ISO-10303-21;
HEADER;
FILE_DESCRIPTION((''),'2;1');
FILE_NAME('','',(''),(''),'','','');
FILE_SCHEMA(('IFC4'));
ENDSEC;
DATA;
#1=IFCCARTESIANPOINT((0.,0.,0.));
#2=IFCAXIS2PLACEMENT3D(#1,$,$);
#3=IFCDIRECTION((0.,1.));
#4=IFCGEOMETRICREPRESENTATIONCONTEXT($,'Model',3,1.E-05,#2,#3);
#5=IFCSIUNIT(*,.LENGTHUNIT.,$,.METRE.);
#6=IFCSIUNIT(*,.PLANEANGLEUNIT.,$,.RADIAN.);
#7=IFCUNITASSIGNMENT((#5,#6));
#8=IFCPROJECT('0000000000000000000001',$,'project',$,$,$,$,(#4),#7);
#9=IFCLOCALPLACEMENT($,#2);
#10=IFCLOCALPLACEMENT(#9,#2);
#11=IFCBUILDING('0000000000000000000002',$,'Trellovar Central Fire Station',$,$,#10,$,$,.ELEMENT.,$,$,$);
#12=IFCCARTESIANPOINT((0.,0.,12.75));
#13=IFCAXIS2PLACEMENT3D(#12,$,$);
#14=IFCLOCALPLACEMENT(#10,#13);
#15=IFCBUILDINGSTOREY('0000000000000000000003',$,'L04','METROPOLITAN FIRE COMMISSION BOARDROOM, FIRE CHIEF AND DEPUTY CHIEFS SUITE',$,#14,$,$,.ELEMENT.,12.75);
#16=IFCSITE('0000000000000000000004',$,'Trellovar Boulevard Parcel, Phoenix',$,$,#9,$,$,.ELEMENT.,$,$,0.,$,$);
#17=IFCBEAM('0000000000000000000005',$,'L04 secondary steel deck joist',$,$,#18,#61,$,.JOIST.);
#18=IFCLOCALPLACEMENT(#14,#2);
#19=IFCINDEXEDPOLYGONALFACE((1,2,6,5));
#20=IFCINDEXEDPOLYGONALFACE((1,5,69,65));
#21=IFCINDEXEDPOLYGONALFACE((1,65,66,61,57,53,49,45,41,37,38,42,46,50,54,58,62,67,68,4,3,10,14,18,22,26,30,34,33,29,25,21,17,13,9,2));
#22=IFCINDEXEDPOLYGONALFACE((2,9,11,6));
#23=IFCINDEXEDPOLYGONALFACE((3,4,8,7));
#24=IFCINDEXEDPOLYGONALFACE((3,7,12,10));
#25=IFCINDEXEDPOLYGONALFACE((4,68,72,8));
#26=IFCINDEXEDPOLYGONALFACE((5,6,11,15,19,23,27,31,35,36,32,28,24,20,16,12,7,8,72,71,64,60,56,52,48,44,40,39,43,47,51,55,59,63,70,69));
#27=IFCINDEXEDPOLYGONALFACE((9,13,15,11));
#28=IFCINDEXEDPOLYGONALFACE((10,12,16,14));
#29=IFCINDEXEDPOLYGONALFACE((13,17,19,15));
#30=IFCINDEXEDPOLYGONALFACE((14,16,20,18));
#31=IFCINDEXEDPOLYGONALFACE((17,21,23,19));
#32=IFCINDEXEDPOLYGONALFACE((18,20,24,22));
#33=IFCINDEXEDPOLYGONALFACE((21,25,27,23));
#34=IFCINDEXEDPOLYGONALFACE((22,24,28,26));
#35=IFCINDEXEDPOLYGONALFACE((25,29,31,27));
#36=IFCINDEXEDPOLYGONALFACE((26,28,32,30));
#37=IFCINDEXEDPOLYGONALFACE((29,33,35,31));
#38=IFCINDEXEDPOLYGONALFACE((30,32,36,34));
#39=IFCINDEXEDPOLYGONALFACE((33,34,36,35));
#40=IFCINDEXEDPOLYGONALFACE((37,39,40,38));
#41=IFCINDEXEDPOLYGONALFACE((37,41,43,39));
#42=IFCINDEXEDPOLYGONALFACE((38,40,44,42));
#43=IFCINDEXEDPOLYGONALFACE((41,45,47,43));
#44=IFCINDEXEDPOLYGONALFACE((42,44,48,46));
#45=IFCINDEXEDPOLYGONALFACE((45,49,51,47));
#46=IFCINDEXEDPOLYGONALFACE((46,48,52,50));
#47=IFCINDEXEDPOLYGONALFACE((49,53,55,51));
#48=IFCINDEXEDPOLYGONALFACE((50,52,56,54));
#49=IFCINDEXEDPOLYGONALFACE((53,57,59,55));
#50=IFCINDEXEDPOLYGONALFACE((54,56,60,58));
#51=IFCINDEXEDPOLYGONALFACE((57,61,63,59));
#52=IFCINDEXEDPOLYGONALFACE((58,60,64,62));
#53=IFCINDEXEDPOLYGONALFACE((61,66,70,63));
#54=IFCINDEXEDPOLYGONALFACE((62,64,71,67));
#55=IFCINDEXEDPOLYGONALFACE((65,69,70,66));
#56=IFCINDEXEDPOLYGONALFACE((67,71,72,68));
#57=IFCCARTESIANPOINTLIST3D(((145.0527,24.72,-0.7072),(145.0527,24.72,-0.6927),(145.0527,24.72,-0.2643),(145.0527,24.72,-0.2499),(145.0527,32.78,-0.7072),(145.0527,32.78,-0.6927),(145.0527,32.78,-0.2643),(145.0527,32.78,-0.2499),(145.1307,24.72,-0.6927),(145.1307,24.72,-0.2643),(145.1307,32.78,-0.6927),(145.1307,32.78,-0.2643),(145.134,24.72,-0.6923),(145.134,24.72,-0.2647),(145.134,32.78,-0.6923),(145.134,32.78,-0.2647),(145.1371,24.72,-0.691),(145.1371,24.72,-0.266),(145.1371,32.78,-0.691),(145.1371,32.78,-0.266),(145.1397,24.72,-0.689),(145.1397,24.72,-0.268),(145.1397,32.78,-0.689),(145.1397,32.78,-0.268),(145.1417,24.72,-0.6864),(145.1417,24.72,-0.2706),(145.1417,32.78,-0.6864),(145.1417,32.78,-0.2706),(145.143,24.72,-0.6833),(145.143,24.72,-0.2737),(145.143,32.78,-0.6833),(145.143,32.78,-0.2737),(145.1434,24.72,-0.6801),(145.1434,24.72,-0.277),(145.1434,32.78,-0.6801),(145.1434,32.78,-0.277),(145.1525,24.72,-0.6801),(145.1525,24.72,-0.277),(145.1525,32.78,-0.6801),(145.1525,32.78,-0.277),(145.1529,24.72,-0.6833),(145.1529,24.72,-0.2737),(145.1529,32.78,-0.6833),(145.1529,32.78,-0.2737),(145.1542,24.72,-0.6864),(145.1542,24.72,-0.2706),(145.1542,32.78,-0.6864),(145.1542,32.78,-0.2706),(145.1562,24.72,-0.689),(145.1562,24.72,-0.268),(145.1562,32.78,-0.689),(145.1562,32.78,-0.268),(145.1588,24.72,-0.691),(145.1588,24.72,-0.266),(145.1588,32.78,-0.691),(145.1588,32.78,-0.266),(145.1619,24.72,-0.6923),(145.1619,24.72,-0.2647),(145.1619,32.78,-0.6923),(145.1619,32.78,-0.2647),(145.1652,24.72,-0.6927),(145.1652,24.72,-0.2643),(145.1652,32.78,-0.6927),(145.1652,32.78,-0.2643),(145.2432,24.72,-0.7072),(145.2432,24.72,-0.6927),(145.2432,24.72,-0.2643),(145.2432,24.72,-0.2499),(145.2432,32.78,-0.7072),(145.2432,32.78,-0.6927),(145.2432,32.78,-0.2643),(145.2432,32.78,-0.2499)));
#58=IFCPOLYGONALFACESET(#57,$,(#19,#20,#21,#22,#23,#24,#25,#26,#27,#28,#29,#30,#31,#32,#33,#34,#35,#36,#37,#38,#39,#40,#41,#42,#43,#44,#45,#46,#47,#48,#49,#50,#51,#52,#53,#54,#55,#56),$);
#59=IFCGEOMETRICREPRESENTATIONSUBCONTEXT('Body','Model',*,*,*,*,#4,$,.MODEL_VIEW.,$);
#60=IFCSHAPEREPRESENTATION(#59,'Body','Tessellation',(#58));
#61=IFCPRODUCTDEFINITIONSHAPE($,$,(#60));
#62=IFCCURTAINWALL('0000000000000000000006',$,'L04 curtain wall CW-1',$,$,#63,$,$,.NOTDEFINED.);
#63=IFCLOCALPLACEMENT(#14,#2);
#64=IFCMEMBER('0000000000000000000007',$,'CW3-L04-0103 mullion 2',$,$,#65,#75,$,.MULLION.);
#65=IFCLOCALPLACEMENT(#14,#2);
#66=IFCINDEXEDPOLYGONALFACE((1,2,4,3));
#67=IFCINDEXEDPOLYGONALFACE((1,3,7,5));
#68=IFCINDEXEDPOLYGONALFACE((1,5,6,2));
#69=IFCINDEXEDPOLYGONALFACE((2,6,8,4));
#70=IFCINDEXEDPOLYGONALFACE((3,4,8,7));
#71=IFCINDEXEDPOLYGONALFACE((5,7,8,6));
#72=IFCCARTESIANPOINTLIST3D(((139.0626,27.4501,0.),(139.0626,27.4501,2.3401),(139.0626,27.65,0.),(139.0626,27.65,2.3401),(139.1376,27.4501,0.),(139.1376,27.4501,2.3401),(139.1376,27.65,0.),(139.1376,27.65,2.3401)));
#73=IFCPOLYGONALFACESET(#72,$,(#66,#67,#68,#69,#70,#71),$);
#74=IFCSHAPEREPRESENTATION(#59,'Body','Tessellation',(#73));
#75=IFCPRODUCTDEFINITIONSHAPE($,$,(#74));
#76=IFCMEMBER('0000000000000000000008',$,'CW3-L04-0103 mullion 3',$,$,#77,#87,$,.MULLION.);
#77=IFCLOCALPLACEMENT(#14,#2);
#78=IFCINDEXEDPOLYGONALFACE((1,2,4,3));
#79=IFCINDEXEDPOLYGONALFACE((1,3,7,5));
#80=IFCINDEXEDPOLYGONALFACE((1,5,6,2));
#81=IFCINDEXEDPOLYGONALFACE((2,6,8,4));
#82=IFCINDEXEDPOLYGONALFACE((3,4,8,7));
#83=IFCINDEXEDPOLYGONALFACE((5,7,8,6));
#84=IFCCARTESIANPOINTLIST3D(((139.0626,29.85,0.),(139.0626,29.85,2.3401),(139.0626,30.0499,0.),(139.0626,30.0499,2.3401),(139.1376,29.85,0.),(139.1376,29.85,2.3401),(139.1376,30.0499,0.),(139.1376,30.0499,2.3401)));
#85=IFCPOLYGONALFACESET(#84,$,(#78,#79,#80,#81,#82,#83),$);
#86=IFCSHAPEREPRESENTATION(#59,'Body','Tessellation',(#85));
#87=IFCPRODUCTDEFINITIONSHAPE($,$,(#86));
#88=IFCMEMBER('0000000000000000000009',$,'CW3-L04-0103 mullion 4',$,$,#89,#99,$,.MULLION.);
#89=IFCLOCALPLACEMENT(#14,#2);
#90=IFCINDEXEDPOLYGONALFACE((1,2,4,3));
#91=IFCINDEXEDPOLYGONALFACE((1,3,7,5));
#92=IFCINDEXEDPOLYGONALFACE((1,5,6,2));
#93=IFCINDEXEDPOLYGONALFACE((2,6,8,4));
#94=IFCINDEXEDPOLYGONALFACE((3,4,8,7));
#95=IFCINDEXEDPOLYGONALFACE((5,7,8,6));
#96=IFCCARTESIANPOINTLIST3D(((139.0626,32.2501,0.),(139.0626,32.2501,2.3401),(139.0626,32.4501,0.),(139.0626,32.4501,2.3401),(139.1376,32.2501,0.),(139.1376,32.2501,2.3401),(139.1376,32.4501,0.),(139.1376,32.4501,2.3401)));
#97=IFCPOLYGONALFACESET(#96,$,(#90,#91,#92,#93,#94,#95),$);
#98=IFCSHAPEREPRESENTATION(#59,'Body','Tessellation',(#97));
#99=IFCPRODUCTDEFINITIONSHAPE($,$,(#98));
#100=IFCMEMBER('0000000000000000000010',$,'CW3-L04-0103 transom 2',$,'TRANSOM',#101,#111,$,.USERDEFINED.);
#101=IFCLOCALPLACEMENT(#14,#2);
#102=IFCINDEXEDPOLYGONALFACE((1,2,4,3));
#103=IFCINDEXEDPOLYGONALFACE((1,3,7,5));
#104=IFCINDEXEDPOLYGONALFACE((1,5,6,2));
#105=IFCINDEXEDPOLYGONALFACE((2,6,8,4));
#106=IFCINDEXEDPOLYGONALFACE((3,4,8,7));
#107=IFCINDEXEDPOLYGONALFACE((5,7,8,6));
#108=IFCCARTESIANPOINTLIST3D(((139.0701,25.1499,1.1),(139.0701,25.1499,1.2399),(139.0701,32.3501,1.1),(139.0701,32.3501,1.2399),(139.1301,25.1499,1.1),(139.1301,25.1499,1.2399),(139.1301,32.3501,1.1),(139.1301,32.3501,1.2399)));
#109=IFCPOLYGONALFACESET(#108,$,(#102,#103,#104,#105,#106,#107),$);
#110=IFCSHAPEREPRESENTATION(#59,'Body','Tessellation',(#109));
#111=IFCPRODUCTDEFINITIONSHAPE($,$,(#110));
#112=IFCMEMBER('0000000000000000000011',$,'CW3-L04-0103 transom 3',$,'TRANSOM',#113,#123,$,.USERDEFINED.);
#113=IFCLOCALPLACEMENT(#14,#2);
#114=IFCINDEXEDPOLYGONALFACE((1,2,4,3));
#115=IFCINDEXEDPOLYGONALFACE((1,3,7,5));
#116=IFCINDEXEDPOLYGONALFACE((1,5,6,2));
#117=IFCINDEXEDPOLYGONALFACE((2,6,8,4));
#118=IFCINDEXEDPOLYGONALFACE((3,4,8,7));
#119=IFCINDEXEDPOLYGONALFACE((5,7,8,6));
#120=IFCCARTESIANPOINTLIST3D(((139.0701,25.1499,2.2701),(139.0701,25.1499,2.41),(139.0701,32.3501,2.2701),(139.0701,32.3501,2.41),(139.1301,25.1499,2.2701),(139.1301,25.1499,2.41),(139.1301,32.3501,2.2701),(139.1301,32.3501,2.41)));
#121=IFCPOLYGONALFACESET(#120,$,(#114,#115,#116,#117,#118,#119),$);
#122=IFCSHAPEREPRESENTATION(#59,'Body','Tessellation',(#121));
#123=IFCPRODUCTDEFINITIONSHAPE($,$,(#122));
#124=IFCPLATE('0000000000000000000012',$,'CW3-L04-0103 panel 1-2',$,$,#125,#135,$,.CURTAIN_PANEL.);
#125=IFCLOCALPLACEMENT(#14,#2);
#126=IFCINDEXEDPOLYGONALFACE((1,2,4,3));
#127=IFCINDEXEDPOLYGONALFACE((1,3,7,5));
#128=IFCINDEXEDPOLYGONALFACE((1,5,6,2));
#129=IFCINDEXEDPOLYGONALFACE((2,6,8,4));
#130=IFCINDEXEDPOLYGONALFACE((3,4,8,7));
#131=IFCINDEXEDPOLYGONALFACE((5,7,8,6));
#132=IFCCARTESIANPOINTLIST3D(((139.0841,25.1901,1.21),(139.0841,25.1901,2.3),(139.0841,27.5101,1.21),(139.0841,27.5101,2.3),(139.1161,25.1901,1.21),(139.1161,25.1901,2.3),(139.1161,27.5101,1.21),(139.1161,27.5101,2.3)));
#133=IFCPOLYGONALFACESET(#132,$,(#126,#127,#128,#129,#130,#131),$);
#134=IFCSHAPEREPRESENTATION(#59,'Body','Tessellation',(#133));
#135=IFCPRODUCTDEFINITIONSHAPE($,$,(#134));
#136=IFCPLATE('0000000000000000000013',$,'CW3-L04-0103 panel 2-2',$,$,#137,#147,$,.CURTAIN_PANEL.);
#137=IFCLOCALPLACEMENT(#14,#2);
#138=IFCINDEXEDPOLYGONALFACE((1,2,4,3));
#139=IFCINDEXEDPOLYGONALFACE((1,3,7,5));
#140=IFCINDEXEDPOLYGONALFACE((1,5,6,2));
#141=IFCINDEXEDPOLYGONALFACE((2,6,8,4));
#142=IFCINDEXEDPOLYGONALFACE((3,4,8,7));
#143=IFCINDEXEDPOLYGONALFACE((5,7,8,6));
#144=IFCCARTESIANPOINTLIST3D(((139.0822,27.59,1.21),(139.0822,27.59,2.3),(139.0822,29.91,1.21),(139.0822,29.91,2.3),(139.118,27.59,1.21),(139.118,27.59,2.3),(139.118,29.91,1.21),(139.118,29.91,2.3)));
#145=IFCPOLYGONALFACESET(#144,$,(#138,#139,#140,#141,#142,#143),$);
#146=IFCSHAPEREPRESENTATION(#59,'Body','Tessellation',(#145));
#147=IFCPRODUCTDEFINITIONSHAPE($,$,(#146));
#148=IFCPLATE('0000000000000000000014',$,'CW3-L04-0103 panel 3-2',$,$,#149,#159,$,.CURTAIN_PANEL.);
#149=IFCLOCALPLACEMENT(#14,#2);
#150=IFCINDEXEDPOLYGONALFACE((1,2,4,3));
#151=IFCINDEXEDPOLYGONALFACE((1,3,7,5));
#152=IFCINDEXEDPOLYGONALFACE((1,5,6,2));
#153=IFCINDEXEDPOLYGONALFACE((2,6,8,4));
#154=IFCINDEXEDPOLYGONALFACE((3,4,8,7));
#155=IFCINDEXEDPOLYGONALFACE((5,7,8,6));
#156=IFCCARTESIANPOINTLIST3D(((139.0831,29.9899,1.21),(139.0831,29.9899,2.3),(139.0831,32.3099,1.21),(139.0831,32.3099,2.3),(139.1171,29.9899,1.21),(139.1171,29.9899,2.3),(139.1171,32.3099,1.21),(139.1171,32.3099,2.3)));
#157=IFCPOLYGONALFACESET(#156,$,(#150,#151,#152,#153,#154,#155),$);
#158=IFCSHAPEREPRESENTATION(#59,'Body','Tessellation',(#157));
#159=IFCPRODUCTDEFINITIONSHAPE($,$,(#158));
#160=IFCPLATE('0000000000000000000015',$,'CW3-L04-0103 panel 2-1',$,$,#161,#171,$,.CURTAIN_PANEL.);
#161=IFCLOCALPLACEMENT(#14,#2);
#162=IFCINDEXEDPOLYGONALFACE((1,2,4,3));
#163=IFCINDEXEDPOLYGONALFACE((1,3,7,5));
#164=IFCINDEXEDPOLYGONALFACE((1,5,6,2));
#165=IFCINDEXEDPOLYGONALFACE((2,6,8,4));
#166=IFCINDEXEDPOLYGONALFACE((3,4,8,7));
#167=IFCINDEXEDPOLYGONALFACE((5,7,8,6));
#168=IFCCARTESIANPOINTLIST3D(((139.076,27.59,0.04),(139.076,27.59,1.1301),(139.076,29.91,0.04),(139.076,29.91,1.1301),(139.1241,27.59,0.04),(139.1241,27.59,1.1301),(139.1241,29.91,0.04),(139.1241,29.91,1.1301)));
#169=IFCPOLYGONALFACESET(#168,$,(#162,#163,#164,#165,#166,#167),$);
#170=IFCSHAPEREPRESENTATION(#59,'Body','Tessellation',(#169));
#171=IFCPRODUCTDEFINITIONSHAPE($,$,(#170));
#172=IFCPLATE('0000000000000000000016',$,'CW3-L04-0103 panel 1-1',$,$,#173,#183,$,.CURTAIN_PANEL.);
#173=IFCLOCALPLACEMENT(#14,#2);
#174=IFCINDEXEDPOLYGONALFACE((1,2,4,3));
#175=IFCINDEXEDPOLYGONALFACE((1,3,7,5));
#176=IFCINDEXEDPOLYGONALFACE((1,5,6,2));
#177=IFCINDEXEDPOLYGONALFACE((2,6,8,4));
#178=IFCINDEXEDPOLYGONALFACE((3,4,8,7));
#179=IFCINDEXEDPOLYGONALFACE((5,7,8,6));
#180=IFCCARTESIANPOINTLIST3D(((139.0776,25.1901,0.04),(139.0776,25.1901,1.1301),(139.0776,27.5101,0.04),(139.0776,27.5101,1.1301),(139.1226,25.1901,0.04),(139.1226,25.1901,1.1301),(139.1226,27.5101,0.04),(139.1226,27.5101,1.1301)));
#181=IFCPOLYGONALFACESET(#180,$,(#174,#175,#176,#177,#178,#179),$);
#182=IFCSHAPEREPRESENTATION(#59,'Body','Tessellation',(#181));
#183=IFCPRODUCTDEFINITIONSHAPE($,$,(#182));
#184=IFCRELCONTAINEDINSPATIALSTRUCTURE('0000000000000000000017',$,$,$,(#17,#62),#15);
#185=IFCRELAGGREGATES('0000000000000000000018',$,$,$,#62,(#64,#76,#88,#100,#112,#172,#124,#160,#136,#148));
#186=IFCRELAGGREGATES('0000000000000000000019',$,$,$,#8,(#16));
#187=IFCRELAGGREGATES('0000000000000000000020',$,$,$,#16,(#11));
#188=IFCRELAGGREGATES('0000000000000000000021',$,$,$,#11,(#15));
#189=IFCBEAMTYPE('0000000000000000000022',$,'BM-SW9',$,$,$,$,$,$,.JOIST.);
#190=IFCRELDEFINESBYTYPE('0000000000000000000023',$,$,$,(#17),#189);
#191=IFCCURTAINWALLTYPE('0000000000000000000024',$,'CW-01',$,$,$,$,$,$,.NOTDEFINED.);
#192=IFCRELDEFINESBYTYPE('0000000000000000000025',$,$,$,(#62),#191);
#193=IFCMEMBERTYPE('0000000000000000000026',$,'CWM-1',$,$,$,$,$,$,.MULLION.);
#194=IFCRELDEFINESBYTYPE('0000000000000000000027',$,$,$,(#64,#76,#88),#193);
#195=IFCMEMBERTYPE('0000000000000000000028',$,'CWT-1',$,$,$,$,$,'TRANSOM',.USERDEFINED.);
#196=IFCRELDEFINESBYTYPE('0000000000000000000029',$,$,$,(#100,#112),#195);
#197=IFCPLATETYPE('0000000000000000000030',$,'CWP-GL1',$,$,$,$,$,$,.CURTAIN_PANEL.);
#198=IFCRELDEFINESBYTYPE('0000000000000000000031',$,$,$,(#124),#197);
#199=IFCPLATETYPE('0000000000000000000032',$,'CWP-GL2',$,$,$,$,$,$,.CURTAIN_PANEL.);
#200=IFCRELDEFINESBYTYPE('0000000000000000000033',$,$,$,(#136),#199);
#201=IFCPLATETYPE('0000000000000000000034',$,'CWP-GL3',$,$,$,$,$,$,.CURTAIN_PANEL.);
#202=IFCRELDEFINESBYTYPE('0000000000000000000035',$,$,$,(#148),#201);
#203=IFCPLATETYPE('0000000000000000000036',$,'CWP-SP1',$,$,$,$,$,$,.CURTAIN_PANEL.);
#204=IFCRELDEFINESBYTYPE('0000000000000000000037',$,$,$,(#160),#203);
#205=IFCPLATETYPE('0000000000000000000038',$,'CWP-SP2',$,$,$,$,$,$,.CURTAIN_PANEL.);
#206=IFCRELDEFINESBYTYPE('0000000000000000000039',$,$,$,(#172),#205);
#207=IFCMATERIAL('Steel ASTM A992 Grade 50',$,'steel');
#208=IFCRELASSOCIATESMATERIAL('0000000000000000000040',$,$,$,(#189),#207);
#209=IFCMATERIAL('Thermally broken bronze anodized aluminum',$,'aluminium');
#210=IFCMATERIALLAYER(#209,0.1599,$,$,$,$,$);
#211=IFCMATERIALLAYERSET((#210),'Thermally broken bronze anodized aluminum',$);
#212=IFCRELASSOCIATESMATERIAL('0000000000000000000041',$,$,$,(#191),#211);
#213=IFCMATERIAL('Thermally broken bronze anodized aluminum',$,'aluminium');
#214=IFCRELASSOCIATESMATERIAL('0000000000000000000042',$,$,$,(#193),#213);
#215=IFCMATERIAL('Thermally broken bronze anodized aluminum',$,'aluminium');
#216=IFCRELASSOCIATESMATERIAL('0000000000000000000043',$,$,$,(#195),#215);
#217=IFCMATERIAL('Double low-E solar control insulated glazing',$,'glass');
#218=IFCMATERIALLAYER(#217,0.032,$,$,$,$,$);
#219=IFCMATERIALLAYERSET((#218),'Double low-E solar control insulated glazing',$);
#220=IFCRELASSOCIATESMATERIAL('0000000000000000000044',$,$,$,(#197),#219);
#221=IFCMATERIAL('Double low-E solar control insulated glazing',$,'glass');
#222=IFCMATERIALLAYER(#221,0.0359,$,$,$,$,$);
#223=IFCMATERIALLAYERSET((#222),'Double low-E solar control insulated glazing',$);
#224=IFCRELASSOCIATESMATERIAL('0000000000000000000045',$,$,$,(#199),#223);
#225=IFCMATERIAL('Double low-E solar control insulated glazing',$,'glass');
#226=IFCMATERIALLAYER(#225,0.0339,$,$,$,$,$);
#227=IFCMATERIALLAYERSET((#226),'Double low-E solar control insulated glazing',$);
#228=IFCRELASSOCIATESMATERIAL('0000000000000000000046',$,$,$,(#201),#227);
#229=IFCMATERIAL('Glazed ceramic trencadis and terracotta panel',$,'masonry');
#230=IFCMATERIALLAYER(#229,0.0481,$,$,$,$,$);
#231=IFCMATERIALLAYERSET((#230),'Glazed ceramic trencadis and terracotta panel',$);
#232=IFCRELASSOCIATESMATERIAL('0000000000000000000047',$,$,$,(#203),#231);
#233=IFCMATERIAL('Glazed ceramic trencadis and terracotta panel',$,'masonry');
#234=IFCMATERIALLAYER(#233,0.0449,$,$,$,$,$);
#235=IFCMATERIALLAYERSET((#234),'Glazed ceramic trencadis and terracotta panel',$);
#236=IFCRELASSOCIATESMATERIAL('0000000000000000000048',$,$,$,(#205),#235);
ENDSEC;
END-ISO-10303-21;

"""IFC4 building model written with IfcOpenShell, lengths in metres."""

from ifc_helpers import new_model, si_unit, direction, frame, origin, origin_2d, place, context, subcontext, project, spatial, rectangle, i_section, extrude, material, layer, layer_set, material_profile, profile_set, type_object, element, aggregate, save


model = new_model("IFC4")

# Units and contexts
model_context = context("Model", 3, precision=1e-05, world=origin(), true_north=direction((0.0, 1.0)))
body_context = subcontext(model_context, "Body", "Model", "MODEL_VIEW")
ifc_project = project(units=[si_unit("LENGTHUNIT", "METRE"), si_unit("PLANEANGLEUNIT", "RADIAN")], contexts=[model_context])

# Site, building, storey
site_placement = place(None, origin())
site = spatial("IfcSite", under=ifc_project, at=site_placement, Name="Trellovar Boulevard Parcel, Phoenix", CompositionType="ELEMENT", RefElevation=0.0)
building_placement = place(site_placement, origin())
building = spatial("IfcBuilding", under=site, at=building_placement, Name="Trellovar Central Fire Station", CompositionType="ELEMENT")
storey_placement = place(building_placement, frame((0.0, 0.0, 12.75)))
storey = spatial("IfcBuildingStorey", under=building, at=storey_placement, Name="L04", Description="METROPOLITAN FIRE COMMISSION BOARDROOM, FIRE CHIEF AND DEPUTY CHIEFS SUITE", CompositionType="ELEMENT", Elevation=12.75)

# Beam
ifc_material_1 = material(Name="Steel ASTM A992 Grade 50", Category="steel")
ifc_material_profile_1 = material_profile(ifc_material_1, i_section(OverallWidth=0.1904, OverallDepth=0.4573, WebThickness=0.009, FlangeThickness=0.0144, FilletRadius=0.0127, at=origin_2d()), Name="W18X50")
ifc_profile_set_1 = profile_set([ifc_material_profile_1], Name="Steel ASTM A992 Grade 50")
beam_type_1 = type_object("IfcBeamType", Name="BM-SW9", PredefinedType="JOIST", material=ifc_profile_set_1)
beam_1_placement = place(storey_placement, frame((145.1479, 24.72, -0.4785), z_axis=(0.0, 1.0, 0.0), x_axis=(-1.0, 0.0, 0.0)))
element("IfcBeam", 1, at=beam_1_placement, inside=storey, type_object=beam_type_1, Name="L04 secondary steel deck joist", PredefinedType="JOIST", context=body_context, shape_type="SweptSolid", body=[
    extrude(i_section(OverallWidth=0.1904, OverallDepth=0.4573, WebThickness=0.009, FlangeThickness=0.0144, FilletRadius=0.0127, at=origin_2d()), origin(), (0.0, 0.0, 1.0), 8.0601),
])

# Curtain wall, members, plates
ifc_material_2 = material(Name="Thermally broken bronze anodized aluminum", Category="aluminium")
ifc_layer_1 = layer(ifc_material_2, 0.1599)
ifc_layer_set_1 = layer_set([ifc_layer_1], Name="Thermally broken bronze anodized aluminum")
curtain_wall_type = type_object("IfcCurtainWallType", Name="CW-01", PredefinedType="NOTDEFINED", material=ifc_layer_set_1)
curtain_wall_placement = place(storey_placement, origin())
curtain_wall = element("IfcCurtainWall", 2, at=curtain_wall_placement, inside=storey, type_object=curtain_wall_type, Name="L04 curtain wall CW-1", PredefinedType="NOTDEFINED")
ifc_material_3 = material(Name="Thermally broken bronze anodized aluminum", Category="aluminium")
ifc_material_profile_2 = material_profile(ifc_material_3, rectangle(XDim=0.075, YDim=0.2, at=origin_2d()), Name="ALU75X200")
ifc_profile_set_2 = profile_set([ifc_material_profile_2], Name="Thermally broken bronze anodized aluminum")
member_type_1 = type_object("IfcMemberType", Name="CWM-1", PredefinedType="MULLION", material=ifc_profile_set_2)
member_1_placement = place(storey_placement, frame((139.1001, 27.55, 0.0), z_axis=(0.0, 0.0, 1.0), x_axis=(1.0, 0.0, 0.0)))
member_1 = element("IfcMember", 3, at=member_1_placement, type_object=member_type_1, Name="CW3-L04-0103 mullion 2", PredefinedType="MULLION", context=body_context, shape_type="SweptSolid", body=[
    extrude(rectangle(XDim=0.075, YDim=0.2, at=origin_2d()), origin(), (0.0, 0.0, 1.0), 2.3401),
])
member_2_placement = place(storey_placement, frame((139.1001, 29.95, 0.0), z_axis=(0.0, 0.0, 1.0), x_axis=(1.0, 0.0, 0.0)))
member_2 = element("IfcMember", 4, at=member_2_placement, type_object=member_type_1, Name="CW3-L04-0103 mullion 3", PredefinedType="MULLION", context=body_context, shape_type="SweptSolid", body=[
    extrude(rectangle(XDim=0.075, YDim=0.2, at=origin_2d()), origin(), (0.0, 0.0, 1.0), 2.3401),
])
member_3_placement = place(storey_placement, frame((139.1001, 32.3501, 0.0), z_axis=(0.0, 0.0, 1.0), x_axis=(1.0, 0.0, 0.0)))
member_3 = element("IfcMember", 5, at=member_3_placement, type_object=member_type_1, Name="CW3-L04-0103 mullion 4", PredefinedType="MULLION", context=body_context, shape_type="SweptSolid", body=[
    extrude(rectangle(XDim=0.075, YDim=0.2, at=origin_2d()), origin(), (0.0, 0.0, 1.0), 2.3401),
])
ifc_material_4 = material(Name="Thermally broken bronze anodized aluminum", Category="aluminium")
ifc_material_profile_3 = material_profile(ifc_material_4, rectangle(XDim=0.0601, YDim=0.1399, at=origin_2d()), Name="ALU60X140")
ifc_profile_set_3 = profile_set([ifc_material_profile_3], Name="Thermally broken bronze anodized aluminum")
member_type_2 = type_object("IfcMemberType", Name="CWT-1", ElementType="TRANSOM", PredefinedType="USERDEFINED", material=ifc_profile_set_3)
member_4_placement = place(storey_placement, frame((139.1001, 25.1499, 1.1699), z_axis=(0.0, 1.0, 0.0), x_axis=(-1.0, 0.0, 0.0)))
member_4 = element("IfcMember", 6, at=member_4_placement, type_object=member_type_2, Name="CW3-L04-0103 transom 2", ObjectType="TRANSOM", PredefinedType="USERDEFINED", context=body_context, shape_type="SweptSolid", body=[
    extrude(rectangle(XDim=0.0601, YDim=0.1399, at=origin_2d()), origin(), (0.0, 0.0, 1.0), 7.2002),
])
member_5_placement = place(storey_placement, frame((139.1001, 25.1499, 2.3401), z_axis=(0.0, 1.0, 0.0), x_axis=(-1.0, 0.0, 0.0)))
member_5 = element("IfcMember", 7, at=member_5_placement, type_object=member_type_2, Name="CW3-L04-0103 transom 3", ObjectType="TRANSOM", PredefinedType="USERDEFINED", context=body_context, shape_type="SweptSolid", body=[
    extrude(rectangle(XDim=0.0601, YDim=0.1399, at=origin_2d()), origin(), (0.0, 0.0, 1.0), 7.2002),
])
ifc_material_5 = material(Name="Double low-E solar control insulated glazing", Category="glass")
ifc_layer_2 = layer(ifc_material_5, 0.032)
ifc_layer_set_2 = layer_set([ifc_layer_2], Name="Double low-E solar control insulated glazing")
plate_type_1 = type_object("IfcPlateType", Name="CWP-GL1", PredefinedType="CURTAIN_PANEL", material=ifc_layer_set_2)
plate_1_placement = place(storey_placement, frame((139.1001, 26.3501, 1.21), z_axis=(0.0, 0.0, 1.0), x_axis=(0.0, 1.0, 0.0)))
plate_1 = element("IfcPlate", 8, at=plate_1_placement, type_object=plate_type_1, Name="CW3-L04-0103 panel 1-2", PredefinedType="CURTAIN_PANEL", context=body_context, shape_type="SweptSolid", body=[
    extrude(rectangle(XDim=2.3201, YDim=0.032, at=origin_2d()), origin(), (0.0, 0.0, 1.0), 1.0901),
])
ifc_material_6 = material(Name="Double low-E solar control insulated glazing", Category="glass")
ifc_layer_3 = layer(ifc_material_6, 0.0359)
ifc_layer_set_3 = layer_set([ifc_layer_3], Name="Double low-E solar control insulated glazing")
plate_type_2 = type_object("IfcPlateType", Name="CWP-GL2", PredefinedType="CURTAIN_PANEL", material=ifc_layer_set_3)
plate_2_placement = place(storey_placement, frame((139.1001, 28.75, 1.21), z_axis=(0.0, 0.0, 1.0), x_axis=(0.0, 1.0, 0.0)))
plate_2 = element("IfcPlate", 9, at=plate_2_placement, type_object=plate_type_2, Name="CW3-L04-0103 panel 2-2", PredefinedType="CURTAIN_PANEL", context=body_context, shape_type="SweptSolid", body=[
    extrude(rectangle(XDim=2.3201, YDim=0.0359, at=origin_2d()), origin(), (0.0, 0.0, 1.0), 1.0901),
])
ifc_material_7 = material(Name="Double low-E solar control insulated glazing", Category="glass")
ifc_layer_4 = layer(ifc_material_7, 0.0339)
ifc_layer_set_4 = layer_set([ifc_layer_4], Name="Double low-E solar control insulated glazing")
plate_type_3 = type_object("IfcPlateType", Name="CWP-GL3", PredefinedType="CURTAIN_PANEL", material=ifc_layer_set_4)
plate_3_placement = place(storey_placement, frame((139.1001, 31.1499, 1.21), z_axis=(0.0, 0.0, 1.0), x_axis=(0.0, 1.0, 0.0)))
plate_3 = element("IfcPlate", 10, at=plate_3_placement, type_object=plate_type_3, Name="CW3-L04-0103 panel 3-2", PredefinedType="CURTAIN_PANEL", context=body_context, shape_type="SweptSolid", body=[
    extrude(rectangle(XDim=2.3201, YDim=0.0339, at=origin_2d()), origin(), (0.0, 0.0, 1.0), 1.0901),
])
ifc_material_8 = material(Name="Glazed ceramic trencadis and terracotta panel", Category="masonry")
ifc_layer_5 = layer(ifc_material_8, 0.0481)
ifc_layer_set_5 = layer_set([ifc_layer_5], Name="Glazed ceramic trencadis and terracotta panel")
plate_type_4 = type_object("IfcPlateType", Name="CWP-SP1", PredefinedType="CURTAIN_PANEL", material=ifc_layer_set_5)
plate_4_placement = place(storey_placement, frame((139.1001, 28.75, 0.04), z_axis=(0.0, 0.0, 1.0), x_axis=(0.0, 1.0, 0.0)))
plate_4 = element("IfcPlate", 11, at=plate_4_placement, type_object=plate_type_4, Name="CW3-L04-0103 panel 2-1", PredefinedType="CURTAIN_PANEL", context=body_context, shape_type="SweptSolid", body=[
    extrude(rectangle(XDim=2.3201, YDim=0.0481, at=origin_2d()), origin(), (0.0, 0.0, 1.0), 1.0901),
])
ifc_material_9 = material(Name="Glazed ceramic trencadis and terracotta panel", Category="masonry")
ifc_layer_6 = layer(ifc_material_9, 0.0449)
ifc_layer_set_6 = layer_set([ifc_layer_6], Name="Glazed ceramic trencadis and terracotta panel")
plate_type_5 = type_object("IfcPlateType", Name="CWP-SP2", PredefinedType="CURTAIN_PANEL", material=ifc_layer_set_6)
plate_5_placement = place(storey_placement, frame((139.1001, 26.3501, 0.04), z_axis=(0.0, 0.0, 1.0), x_axis=(0.0, 1.0, 0.0)))
plate_5 = element("IfcPlate", 12, at=plate_5_placement, type_object=plate_type_5, Name="CW3-L04-0103 panel 1-1", PredefinedType="CURTAIN_PANEL", context=body_context, shape_type="SweptSolid", body=[
    extrude(rectangle(XDim=2.3201, YDim=0.0449, at=origin_2d()), origin(), (0.0, 0.0, 1.0), 1.0901),
])
aggregate(curtain_wall, [member_1, member_2, member_3, member_4, member_5, plate_5, plate_1, plate_4, plate_2, plate_3])

save(model, "model.ifc")
